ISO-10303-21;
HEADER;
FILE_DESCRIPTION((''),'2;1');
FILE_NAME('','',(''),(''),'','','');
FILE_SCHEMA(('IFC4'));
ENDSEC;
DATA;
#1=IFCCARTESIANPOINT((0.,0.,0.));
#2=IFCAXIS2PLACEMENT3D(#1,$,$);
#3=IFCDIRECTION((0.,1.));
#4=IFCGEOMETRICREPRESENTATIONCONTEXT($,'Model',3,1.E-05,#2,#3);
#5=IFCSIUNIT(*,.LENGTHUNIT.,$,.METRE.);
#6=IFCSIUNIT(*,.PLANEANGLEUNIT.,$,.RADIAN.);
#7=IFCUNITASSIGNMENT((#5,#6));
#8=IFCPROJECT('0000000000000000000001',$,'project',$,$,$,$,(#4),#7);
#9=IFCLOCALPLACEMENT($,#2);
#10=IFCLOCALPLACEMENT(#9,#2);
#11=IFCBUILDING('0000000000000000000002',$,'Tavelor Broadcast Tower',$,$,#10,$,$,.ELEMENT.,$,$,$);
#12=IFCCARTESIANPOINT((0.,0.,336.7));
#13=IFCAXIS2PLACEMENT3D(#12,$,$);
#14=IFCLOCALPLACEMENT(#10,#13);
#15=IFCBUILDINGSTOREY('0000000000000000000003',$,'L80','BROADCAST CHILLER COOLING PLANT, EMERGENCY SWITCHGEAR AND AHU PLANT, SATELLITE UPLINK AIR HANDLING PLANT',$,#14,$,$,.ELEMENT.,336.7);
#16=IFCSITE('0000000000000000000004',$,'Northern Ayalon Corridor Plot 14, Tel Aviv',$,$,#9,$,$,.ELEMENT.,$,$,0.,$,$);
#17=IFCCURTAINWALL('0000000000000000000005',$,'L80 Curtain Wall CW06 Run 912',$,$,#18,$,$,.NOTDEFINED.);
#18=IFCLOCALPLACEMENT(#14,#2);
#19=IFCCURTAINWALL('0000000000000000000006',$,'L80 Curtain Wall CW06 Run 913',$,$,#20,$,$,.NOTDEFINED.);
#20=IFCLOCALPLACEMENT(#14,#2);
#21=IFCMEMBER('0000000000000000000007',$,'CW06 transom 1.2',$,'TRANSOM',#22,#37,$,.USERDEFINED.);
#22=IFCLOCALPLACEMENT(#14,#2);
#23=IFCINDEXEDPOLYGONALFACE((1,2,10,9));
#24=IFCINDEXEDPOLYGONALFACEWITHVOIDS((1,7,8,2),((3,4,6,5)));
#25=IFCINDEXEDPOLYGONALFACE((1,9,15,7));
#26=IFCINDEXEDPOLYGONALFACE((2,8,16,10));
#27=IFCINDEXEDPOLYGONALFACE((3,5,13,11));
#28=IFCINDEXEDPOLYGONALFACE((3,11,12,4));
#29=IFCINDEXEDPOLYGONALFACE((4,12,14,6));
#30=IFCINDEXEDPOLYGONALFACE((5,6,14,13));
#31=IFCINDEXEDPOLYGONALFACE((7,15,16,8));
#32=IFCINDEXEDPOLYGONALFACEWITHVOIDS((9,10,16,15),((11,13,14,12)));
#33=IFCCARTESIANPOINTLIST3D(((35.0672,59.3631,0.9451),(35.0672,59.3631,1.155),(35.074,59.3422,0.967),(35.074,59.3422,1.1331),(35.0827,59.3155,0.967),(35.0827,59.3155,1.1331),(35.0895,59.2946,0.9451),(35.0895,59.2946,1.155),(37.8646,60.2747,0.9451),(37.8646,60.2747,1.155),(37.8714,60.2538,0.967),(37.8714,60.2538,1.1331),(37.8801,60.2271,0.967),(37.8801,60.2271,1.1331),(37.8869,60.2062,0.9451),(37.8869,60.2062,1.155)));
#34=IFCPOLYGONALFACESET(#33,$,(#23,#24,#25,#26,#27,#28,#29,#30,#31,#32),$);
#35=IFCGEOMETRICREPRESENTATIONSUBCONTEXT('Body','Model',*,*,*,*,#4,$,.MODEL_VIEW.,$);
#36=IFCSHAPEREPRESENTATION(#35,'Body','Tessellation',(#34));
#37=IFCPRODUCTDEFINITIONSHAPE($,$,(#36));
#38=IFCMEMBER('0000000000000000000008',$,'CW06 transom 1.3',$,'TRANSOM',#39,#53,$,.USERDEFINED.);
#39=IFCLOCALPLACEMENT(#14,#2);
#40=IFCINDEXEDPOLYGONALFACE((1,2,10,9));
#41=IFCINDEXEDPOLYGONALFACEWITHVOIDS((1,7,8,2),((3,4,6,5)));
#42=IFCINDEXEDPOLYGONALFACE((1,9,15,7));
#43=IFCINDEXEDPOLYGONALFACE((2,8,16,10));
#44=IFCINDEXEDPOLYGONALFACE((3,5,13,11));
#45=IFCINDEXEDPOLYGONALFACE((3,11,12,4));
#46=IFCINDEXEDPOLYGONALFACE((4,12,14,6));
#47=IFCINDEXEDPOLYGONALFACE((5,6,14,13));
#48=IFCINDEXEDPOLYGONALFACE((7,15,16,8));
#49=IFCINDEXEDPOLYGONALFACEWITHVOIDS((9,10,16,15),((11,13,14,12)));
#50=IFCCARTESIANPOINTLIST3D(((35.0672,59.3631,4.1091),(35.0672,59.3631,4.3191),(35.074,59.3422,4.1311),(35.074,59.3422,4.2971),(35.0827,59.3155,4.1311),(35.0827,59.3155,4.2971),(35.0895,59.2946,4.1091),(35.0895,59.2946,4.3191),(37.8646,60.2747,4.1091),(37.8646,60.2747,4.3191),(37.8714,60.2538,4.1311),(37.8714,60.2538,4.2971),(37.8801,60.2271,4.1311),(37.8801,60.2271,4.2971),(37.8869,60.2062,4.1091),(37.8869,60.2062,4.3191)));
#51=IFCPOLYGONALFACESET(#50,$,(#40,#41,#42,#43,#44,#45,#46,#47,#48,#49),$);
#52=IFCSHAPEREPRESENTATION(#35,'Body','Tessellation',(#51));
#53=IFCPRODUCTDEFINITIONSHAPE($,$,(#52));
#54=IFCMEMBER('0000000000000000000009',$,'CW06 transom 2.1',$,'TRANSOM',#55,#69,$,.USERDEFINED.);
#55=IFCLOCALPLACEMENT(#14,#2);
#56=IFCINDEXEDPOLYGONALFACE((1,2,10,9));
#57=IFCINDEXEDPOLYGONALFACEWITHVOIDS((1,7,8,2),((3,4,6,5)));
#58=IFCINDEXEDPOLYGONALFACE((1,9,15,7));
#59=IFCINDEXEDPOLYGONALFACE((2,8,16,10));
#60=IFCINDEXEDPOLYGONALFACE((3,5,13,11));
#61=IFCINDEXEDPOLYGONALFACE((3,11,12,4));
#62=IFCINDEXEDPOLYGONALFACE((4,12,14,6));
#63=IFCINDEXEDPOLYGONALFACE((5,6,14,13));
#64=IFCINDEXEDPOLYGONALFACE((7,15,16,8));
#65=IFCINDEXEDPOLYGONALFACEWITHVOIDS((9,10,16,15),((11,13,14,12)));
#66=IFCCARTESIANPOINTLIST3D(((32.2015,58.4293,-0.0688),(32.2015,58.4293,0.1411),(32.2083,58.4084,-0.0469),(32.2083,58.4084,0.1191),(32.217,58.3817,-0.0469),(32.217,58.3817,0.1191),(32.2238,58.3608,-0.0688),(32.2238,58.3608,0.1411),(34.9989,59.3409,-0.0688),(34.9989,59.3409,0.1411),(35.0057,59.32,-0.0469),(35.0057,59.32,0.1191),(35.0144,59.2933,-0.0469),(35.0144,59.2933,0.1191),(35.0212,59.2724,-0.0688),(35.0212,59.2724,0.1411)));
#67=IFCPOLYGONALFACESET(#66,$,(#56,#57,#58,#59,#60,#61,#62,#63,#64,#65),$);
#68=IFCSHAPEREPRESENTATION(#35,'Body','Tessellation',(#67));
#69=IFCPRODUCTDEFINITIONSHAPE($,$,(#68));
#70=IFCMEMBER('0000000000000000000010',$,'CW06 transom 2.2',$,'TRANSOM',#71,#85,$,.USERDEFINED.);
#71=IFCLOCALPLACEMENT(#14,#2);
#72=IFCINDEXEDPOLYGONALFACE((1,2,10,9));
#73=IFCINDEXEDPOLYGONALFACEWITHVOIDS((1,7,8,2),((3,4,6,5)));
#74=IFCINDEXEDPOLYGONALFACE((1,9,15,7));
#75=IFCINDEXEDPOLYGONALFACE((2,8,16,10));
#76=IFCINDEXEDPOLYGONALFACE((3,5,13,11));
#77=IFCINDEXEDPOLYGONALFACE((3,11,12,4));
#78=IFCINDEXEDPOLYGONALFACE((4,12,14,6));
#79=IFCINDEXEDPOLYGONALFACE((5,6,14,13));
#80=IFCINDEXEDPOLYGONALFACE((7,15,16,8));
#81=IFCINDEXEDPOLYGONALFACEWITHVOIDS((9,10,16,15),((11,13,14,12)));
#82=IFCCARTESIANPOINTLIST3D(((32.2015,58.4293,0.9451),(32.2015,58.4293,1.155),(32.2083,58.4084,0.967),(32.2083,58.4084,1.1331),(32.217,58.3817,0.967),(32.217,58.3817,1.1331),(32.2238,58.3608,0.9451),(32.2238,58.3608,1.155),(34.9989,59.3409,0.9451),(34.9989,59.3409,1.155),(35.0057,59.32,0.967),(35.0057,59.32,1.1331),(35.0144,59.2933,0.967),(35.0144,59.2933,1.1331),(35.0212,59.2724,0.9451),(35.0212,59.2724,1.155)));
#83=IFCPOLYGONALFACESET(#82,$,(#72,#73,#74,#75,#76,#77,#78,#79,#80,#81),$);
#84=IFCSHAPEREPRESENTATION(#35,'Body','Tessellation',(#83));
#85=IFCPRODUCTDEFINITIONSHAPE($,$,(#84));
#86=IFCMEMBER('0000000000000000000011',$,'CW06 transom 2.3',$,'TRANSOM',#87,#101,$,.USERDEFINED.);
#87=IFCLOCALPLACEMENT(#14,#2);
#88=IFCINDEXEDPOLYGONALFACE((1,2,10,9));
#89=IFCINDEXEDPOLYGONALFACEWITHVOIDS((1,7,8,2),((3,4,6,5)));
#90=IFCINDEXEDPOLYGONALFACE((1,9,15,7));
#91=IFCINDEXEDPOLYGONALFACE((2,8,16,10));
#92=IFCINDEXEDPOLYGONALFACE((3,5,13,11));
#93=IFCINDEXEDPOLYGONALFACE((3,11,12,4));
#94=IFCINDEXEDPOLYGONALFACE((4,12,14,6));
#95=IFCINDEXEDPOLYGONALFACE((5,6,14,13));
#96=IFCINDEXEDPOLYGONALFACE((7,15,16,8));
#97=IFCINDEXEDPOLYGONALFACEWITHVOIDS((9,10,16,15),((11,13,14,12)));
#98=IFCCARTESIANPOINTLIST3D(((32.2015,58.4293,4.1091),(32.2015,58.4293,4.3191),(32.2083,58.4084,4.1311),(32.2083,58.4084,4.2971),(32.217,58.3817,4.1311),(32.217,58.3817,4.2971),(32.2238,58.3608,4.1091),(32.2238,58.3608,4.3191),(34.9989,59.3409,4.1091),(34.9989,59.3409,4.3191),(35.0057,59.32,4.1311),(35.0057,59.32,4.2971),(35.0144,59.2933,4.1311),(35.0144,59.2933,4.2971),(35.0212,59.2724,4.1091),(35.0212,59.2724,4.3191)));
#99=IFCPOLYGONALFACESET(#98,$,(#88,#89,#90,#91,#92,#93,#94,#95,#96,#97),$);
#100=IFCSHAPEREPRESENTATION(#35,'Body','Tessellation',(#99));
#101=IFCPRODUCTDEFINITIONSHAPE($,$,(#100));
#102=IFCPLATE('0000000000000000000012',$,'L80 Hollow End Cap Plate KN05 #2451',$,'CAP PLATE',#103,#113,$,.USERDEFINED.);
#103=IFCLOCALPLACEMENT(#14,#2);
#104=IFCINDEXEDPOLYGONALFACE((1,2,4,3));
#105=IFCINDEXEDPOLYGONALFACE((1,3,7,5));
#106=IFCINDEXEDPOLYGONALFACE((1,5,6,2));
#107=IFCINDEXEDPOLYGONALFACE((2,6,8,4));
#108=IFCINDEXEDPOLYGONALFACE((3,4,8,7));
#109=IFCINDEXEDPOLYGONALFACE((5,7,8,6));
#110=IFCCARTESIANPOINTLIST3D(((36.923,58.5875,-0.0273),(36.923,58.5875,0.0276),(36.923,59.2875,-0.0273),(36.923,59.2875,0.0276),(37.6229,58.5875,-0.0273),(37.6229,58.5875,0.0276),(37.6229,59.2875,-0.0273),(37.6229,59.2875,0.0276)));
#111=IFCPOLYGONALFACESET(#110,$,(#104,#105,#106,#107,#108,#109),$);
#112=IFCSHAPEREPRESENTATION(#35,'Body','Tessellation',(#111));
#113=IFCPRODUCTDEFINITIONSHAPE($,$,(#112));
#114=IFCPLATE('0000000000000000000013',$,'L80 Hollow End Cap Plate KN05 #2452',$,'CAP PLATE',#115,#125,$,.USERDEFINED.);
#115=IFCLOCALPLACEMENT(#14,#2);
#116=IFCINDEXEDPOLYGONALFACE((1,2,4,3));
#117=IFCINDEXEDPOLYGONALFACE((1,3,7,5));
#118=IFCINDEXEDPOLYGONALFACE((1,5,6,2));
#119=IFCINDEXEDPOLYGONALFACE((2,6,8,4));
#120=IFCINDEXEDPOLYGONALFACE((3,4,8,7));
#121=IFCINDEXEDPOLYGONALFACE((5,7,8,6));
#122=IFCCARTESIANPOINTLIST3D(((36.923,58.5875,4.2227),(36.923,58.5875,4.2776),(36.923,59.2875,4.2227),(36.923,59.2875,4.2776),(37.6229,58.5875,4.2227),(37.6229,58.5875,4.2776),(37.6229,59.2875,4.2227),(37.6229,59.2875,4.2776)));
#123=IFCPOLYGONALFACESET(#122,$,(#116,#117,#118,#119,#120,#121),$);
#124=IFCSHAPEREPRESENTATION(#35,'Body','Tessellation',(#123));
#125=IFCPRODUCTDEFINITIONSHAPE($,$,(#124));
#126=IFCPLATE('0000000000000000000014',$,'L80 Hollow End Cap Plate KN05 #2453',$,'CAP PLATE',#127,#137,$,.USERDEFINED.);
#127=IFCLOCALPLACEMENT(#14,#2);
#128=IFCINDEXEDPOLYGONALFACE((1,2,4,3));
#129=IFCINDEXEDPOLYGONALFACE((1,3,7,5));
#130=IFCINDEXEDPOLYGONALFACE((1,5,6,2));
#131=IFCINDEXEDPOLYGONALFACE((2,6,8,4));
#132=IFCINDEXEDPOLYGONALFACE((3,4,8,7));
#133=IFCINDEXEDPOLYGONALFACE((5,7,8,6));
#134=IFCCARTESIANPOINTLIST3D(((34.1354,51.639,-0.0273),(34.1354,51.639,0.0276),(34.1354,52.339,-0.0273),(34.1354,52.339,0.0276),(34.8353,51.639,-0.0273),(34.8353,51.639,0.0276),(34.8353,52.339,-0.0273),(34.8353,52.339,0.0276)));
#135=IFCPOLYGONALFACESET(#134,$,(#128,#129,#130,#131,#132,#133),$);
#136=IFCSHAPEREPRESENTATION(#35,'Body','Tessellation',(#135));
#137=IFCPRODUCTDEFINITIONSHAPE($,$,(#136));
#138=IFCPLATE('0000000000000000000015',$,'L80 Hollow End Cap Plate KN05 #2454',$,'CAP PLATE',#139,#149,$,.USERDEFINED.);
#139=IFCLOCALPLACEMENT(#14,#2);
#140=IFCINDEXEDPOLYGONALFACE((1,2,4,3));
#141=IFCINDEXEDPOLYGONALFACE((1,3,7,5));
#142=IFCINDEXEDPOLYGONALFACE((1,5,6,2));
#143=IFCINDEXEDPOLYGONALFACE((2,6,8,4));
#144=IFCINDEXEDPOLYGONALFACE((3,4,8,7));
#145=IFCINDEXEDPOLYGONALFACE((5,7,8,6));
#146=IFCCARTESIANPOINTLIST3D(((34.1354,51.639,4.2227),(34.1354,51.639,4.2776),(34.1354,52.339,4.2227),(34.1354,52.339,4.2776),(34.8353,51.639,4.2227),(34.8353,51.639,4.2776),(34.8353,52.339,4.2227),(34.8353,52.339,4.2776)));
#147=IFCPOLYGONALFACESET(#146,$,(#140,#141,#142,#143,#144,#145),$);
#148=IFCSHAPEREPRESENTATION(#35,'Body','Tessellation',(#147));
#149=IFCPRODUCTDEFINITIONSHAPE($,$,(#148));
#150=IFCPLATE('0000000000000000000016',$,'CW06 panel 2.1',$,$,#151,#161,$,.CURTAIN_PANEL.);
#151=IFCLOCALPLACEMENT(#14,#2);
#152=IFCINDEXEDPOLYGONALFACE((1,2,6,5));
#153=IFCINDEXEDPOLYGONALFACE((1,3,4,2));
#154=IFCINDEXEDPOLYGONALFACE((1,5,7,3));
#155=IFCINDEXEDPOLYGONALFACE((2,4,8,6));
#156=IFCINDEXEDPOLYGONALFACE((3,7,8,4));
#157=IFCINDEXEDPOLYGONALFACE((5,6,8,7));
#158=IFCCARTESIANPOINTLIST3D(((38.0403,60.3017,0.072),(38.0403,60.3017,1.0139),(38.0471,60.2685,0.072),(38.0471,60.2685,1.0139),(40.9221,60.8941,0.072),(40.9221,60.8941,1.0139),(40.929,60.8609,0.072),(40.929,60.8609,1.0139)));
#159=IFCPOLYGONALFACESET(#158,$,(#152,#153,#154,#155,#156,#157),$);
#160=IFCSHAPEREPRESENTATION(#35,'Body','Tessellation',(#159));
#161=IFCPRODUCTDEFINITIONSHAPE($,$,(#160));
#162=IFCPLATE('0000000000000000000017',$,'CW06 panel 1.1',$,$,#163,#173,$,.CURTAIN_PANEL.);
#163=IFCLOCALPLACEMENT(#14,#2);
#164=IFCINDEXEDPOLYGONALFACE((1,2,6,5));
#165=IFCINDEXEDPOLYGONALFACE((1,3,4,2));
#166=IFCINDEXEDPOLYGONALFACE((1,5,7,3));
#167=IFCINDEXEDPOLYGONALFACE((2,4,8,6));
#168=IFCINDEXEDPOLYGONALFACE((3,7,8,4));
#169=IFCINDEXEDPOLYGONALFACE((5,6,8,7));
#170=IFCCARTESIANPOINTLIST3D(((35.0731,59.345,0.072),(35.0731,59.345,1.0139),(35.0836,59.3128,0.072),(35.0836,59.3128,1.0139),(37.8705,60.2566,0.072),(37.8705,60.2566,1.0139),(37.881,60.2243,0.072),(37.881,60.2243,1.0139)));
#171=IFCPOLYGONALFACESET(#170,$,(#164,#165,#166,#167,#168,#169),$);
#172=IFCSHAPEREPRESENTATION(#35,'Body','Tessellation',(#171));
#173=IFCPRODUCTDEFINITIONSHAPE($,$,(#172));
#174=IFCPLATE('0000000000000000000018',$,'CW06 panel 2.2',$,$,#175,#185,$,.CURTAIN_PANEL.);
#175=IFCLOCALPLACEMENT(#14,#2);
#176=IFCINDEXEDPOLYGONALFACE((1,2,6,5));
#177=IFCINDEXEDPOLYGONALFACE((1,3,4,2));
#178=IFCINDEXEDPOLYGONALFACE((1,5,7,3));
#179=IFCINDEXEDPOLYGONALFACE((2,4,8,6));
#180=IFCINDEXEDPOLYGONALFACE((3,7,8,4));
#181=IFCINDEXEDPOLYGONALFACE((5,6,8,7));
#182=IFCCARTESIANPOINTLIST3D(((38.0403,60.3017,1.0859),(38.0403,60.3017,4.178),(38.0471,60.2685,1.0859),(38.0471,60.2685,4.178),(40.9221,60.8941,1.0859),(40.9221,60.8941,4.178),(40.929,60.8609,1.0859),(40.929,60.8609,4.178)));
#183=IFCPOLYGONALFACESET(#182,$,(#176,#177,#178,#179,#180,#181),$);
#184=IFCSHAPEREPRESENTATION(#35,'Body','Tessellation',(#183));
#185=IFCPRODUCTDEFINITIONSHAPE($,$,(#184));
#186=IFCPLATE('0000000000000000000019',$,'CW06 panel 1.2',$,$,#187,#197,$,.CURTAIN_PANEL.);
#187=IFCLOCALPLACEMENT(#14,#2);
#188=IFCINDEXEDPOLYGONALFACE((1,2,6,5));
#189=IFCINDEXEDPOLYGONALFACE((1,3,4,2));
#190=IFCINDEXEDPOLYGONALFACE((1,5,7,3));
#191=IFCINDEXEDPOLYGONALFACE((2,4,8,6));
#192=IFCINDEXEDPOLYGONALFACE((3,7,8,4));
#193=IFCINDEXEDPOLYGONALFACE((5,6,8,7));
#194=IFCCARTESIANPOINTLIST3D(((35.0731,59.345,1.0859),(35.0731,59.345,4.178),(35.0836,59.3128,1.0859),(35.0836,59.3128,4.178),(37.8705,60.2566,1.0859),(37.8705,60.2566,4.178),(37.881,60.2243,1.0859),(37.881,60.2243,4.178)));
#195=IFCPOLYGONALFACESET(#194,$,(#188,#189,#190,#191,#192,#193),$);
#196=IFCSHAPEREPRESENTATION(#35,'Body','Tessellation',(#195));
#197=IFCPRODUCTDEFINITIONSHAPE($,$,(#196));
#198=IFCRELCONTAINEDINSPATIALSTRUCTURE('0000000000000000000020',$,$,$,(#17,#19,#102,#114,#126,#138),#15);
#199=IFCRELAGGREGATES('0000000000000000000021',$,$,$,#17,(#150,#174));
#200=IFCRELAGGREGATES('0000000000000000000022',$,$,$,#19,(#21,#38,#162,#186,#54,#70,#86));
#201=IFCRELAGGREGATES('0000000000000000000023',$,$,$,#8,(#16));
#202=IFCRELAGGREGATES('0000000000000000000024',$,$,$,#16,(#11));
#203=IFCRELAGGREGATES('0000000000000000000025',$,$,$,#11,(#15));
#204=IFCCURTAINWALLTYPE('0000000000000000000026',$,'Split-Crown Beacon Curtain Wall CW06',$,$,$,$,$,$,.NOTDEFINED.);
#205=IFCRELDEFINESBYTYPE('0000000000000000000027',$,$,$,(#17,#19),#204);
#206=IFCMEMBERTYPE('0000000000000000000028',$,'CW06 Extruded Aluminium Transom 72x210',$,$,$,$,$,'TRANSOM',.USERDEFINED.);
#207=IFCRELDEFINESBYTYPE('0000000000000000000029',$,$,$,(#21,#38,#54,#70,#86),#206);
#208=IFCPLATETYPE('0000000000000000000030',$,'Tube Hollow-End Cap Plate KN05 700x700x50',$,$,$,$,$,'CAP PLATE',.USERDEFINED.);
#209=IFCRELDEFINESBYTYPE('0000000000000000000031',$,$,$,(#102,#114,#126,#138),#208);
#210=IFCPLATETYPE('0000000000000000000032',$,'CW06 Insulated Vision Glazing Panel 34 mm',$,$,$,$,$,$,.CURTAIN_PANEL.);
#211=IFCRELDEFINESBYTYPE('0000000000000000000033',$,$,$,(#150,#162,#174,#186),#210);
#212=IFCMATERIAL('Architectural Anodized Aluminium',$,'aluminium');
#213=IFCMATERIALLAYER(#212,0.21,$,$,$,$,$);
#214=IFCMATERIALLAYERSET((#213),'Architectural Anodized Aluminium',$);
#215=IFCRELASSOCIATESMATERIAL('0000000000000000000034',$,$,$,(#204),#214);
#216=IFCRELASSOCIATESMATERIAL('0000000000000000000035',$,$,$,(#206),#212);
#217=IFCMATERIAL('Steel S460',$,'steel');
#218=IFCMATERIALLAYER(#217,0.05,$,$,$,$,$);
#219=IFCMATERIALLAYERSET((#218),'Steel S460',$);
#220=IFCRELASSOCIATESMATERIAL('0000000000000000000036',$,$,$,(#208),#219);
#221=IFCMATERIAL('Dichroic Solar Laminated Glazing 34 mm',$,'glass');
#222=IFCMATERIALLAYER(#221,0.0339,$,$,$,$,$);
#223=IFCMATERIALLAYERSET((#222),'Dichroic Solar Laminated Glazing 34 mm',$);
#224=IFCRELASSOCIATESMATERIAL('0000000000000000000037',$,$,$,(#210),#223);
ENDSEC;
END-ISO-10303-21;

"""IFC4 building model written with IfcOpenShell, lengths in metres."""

from ifc_helpers import new_model, si_unit, direction, frame, origin, origin_2d, place, context, subcontext, project, spatial, rectangle, hollow_rectangle, extrude, source, transform, mapped, material, layer, layer_set, material_profile, profile_set, type_object, type_shapes, element, aggregate, save


model = new_model("IFC4")

# Units and contexts
model_context = context("Model", 3, precision=1e-05, world=origin(), true_north=direction((0.0, 1.0)))
body_context = subcontext(model_context, "Body", "Model", "MODEL_VIEW")
ifc_project = project(units=[si_unit("LENGTHUNIT", "METRE"), si_unit("PLANEANGLEUNIT", "RADIAN")], contexts=[model_context])

# Site, building, storey
site_placement = place(None, origin())
site = spatial("IfcSite", under=ifc_project, at=site_placement, Name="Northern Ayalon Corridor Plot 14, Tel Aviv", CompositionType="ELEMENT", RefElevation=0.0)
building_placement = place(site_placement, origin())
building = spatial("IfcBuilding", under=site, at=building_placement, Name="Tavelor Broadcast Tower", CompositionType="ELEMENT")
storey_placement = place(building_placement, frame((0.0, 0.0, 336.7)))
storey = spatial("IfcBuildingStorey", under=building, at=storey_placement, Name="L80", Description="BROADCAST CHILLER COOLING PLANT, EMERGENCY SWITCHGEAR AND AHU PLANT, SATELLITE UPLINK AIR HANDLING PLANT", CompositionType="ELEMENT", Elevation=336.7)

# Curtain wall
ifc_material_1 = material(Name="Architectural Anodized Aluminium", Category="aluminium")
ifc_layer_1 = layer(ifc_material_1, 0.21)
ifc_layer_set_1 = layer_set([ifc_layer_1], Name="Architectural Anodized Aluminium")
curtain_wall_type = type_object("IfcCurtainWallType", Name="Split-Crown Beacon Curtain Wall CW06", PredefinedType="NOTDEFINED", material=ifc_layer_set_1)
curtain_wall_1_placement = place(storey_placement, origin())
curtain_wall_1 = element("IfcCurtainWall", 1, at=curtain_wall_1_placement, inside=storey, type_object=curtain_wall_type, Name="L80 Curtain Wall CW06 Run 912", PredefinedType="NOTDEFINED")

# Curtain wall
curtain_wall_2_placement = place(storey_placement, origin())
curtain_wall_2 = element("IfcCurtainWall", 2, at=curtain_wall_2_placement, inside=storey, type_object=curtain_wall_type, Name="L80 Curtain Wall CW06 Run 913", PredefinedType="NOTDEFINED")

# Members
ifc_material_profile_1 = material_profile(ifc_material_1, hollow_rectangle(XDim=0.072, YDim=0.21, WallThickness=0.022, at=origin_2d()), Name="RHS 72x210x22")
ifc_profile_set_1 = profile_set([ifc_material_profile_1], Name="Architectural Anodized Aluminium")
member_type_1 = type_object("IfcMemberType", Name="CW06 Extruded Aluminium Transom 72x210", ElementType="TRANSOM", PredefinedType="USERDEFINED", material=ifc_profile_set_1)
shared_shape_1 = source(origin(), body_context, "Body", "SweptSolid", [
    extrude(hollow_rectangle(XDim=0.072, YDim=0.21, WallThickness=0.022, at=origin_2d()), origin(), (0.0, 0.0, 1.0), 2.9421),
])
type_shapes(member_type_1, [shared_shape_1])
member_1_placement = place(storey_placement, frame((37.8757, 60.2405, 1.05), z_axis=(-0.950786, -0.309848, 0.0), x_axis=(0.309848, -0.950786, 0.0)))
member_1 = element("IfcMember", 3, at=member_1_placement, type_object=member_type_1, Name="CW06 transom 1.2", ObjectType="TRANSOM", PredefinedType="USERDEFINED", context=body_context, shape_type="MappedRepresentation", body=[
    mapped(shared_shape_1, transform((0.0, 0.0, 0.0), scale=1.0)),
])
member_2_placement = place(storey_placement, frame((37.8757, 60.2405, 4.2141), z_axis=(-0.950786, -0.309848, 0.0), x_axis=(0.309848, -0.950786, 0.0)))
member_2 = element("IfcMember", 4, at=member_2_placement, type_object=member_type_1, Name="CW06 transom 1.3", ObjectType="TRANSOM", PredefinedType="USERDEFINED", context=body_context, shape_type="MappedRepresentation", body=[
    mapped(shared_shape_1, transform((0.0, 0.0, 0.0), scale=1.0)),
])
member_3_placement = place(storey_placement, frame((35.01, 59.3066, 0.0361), z_axis=(-0.950786, -0.309848, 0.0), x_axis=(0.309848, -0.950786, 0.0)))
member_3 = element("IfcMember", 5, at=member_3_placement, type_object=member_type_1, Name="CW06 transom 2.1", ObjectType="TRANSOM", PredefinedType="USERDEFINED", context=body_context, shape_type="MappedRepresentation", body=[
    mapped(shared_shape_1, transform((0.0, 0.0, 0.0), scale=1.0)),
])
member_4_placement = place(storey_placement, frame((35.01, 59.3066, 1.05), z_axis=(-0.950786, -0.309848, 0.0), x_axis=(0.309848, -0.950786, 0.0)))
member_4 = element("IfcMember", 6, at=member_4_placement, type_object=member_type_1, Name="CW06 transom 2.2", ObjectType="TRANSOM", PredefinedType="USERDEFINED", context=body_context, shape_type="MappedRepresentation", body=[
    mapped(shared_shape_1, transform((0.0, 0.0, 0.0), scale=1.0)),
])
member_5_placement = place(storey_placement, frame((35.01, 59.3066, 4.2141), z_axis=(-0.950786, -0.309848, 0.0), x_axis=(0.309848, -0.950786, 0.0)))
member_5 = element("IfcMember", 7, at=member_5_placement, type_object=member_type_1, Name="CW06 transom 2.3", ObjectType="TRANSOM", PredefinedType="USERDEFINED", context=body_context, shape_type="MappedRepresentation", body=[
    mapped(shared_shape_1, transform((0.0, 0.0, 0.0), scale=1.0)),
])

# Plates
ifc_material_2 = material(Name="Steel S460", Category="steel")
ifc_layer_2 = layer(ifc_material_2, 0.05)
ifc_layer_set_2 = layer_set([ifc_layer_2], Name="Steel S460")
plate_type_1 = type_object("IfcPlateType", Name="Tube Hollow-End Cap Plate KN05 700x700x50", ElementType="CAP PLATE", PredefinedType="USERDEFINED", material=ifc_layer_set_2)
shared_shape_2 = source(origin(), body_context, "Body", "SweptSolid", [
    extrude(rectangle(XDim=0.7, YDim=0.7, at=origin_2d()), origin(), (0.0, 0.0, 1.0), 0.0549),
])
type_shapes(plate_type_1, [shared_shape_2])
for number, where, z_axis, x_axis, name in (
    (8, (37.2729, 58.9375, -0.0273), (0.0, 0.0, 1.0), (1.0, 0.0, 0.0), "L80 Hollow End Cap Plate KN05 #2451"),
    (9, (37.2729, 58.9375, 4.2227), (0.0, 0.0, 1.0), (1.0, 0.0, 0.0), "L80 Hollow End Cap Plate KN05 #2452"),
    (10, (34.4854, 51.989, -0.0273), (0.0, 0.0, 1.0), (1.0, 0.0, 0.0), "L80 Hollow End Cap Plate KN05 #2453"),
    (11, (34.4854, 51.989, 4.2227), (0.0, 0.0, 1.0), (1.0, 0.0, 0.0), "L80 Hollow End Cap Plate KN05 #2454"),
):
    element("IfcPlate", number, at=place(storey_placement, frame(where, z_axis=z_axis, x_axis=x_axis)), inside=storey, type_object=plate_type_1, Name=name, ObjectType="CAP PLATE", PredefinedType="USERDEFINED", context=body_context, shape_type="MappedRepresentation", body=[
        mapped(shared_shape_2, transform((0.0, 0.0, 0.0), scale=1.0)),
    ])

# Plates
ifc_material_3 = material(Name="Dichroic Solar Laminated Glazing 34 mm", Category="glass")
ifc_layer_3 = layer(ifc_material_3, 0.0339)
ifc_layer_set_3 = layer_set([ifc_layer_3], Name="Dichroic Solar Laminated Glazing 34 mm")
plate_type_2 = type_object("IfcPlateType", Name="CW06 Insulated Vision Glazing Panel 34 mm", PredefinedType="CURTAIN_PANEL", material=ifc_layer_set_3)
shared_shape_3 = source(origin(), body_context, "Body", "SweptSolid", [
    extrude(rectangle(XDim=2.9421, YDim=0.0339, at=origin_2d()), origin(), (0.0, 0.0, 1.0), 0.9419),
])
plate_1_placement = place(storey_placement, frame((39.4846, 60.5813, 0.072), z_axis=(0.0, 0.0, 1.0), x_axis=(-0.979519, -0.201353, 0.0)))
plate_1 = element("IfcPlate", 12, at=plate_1_placement, type_object=plate_type_2, Name="CW06 panel 2.1", PredefinedType="CURTAIN_PANEL", context=body_context, shape_type="MappedRepresentation", body=[
    mapped(shared_shape_3, transform((0.0, 0.0, 0.0), scale=1.0)),
])
plate_2_placement = place(storey_placement, frame((36.4771, 59.7847, 0.072), z_axis=(0.0, 0.0, 1.0), x_axis=(-0.950794, -0.309822, 0.0)))
plate_2 = element("IfcPlate", 13, at=plate_2_placement, type_object=plate_type_2, Name="CW06 panel 1.1", PredefinedType="CURTAIN_PANEL", context=body_context, shape_type="MappedRepresentation", body=[
    mapped(shared_shape_3, transform((0.0, 0.0, 0.0), scale=1.0)),
])
shared_shape_4 = source(origin(), body_context, "Body", "SweptSolid", [
    extrude(rectangle(XDim=2.9421, YDim=0.0339, at=origin_2d()), origin(), (0.0, 0.0, 1.0), 3.092),
])
type_shapes(plate_type_2, [shared_shape_3, shared_shape_4])
plate_3_placement = place(storey_placement, frame((39.4846, 60.5813, 1.0859), z_axis=(0.0, 0.0, 1.0), x_axis=(-0.979519, -0.201353, 0.0)))
plate_3 = element("IfcPlate", 14, at=plate_3_placement, type_object=plate_type_2, Name="CW06 panel 2.2", PredefinedType="CURTAIN_PANEL", context=body_context, shape_type="MappedRepresentation", body=[
    mapped(shared_shape_4, transform((0.0, 0.0, 0.0), scale=1.0)),
])
aggregate(curtain_wall_1, [plate_1, plate_3])
plate_4_placement = place(storey_placement, frame((36.4771, 59.7847, 1.0859), z_axis=(0.0, 0.0, 1.0), x_axis=(-0.950794, -0.309822, 0.0)))
plate_4 = element("IfcPlate", 15, at=plate_4_placement, type_object=plate_type_2, Name="CW06 panel 1.2", PredefinedType="CURTAIN_PANEL", context=body_context, shape_type="MappedRepresentation", body=[
    mapped(shared_shape_4, transform((0.0, 0.0, 0.0), scale=1.0)),
])
aggregate(curtain_wall_2, [member_1, member_2, plate_2, plate_4, member_3, member_4, member_5])

save(model, "model.ifc")
